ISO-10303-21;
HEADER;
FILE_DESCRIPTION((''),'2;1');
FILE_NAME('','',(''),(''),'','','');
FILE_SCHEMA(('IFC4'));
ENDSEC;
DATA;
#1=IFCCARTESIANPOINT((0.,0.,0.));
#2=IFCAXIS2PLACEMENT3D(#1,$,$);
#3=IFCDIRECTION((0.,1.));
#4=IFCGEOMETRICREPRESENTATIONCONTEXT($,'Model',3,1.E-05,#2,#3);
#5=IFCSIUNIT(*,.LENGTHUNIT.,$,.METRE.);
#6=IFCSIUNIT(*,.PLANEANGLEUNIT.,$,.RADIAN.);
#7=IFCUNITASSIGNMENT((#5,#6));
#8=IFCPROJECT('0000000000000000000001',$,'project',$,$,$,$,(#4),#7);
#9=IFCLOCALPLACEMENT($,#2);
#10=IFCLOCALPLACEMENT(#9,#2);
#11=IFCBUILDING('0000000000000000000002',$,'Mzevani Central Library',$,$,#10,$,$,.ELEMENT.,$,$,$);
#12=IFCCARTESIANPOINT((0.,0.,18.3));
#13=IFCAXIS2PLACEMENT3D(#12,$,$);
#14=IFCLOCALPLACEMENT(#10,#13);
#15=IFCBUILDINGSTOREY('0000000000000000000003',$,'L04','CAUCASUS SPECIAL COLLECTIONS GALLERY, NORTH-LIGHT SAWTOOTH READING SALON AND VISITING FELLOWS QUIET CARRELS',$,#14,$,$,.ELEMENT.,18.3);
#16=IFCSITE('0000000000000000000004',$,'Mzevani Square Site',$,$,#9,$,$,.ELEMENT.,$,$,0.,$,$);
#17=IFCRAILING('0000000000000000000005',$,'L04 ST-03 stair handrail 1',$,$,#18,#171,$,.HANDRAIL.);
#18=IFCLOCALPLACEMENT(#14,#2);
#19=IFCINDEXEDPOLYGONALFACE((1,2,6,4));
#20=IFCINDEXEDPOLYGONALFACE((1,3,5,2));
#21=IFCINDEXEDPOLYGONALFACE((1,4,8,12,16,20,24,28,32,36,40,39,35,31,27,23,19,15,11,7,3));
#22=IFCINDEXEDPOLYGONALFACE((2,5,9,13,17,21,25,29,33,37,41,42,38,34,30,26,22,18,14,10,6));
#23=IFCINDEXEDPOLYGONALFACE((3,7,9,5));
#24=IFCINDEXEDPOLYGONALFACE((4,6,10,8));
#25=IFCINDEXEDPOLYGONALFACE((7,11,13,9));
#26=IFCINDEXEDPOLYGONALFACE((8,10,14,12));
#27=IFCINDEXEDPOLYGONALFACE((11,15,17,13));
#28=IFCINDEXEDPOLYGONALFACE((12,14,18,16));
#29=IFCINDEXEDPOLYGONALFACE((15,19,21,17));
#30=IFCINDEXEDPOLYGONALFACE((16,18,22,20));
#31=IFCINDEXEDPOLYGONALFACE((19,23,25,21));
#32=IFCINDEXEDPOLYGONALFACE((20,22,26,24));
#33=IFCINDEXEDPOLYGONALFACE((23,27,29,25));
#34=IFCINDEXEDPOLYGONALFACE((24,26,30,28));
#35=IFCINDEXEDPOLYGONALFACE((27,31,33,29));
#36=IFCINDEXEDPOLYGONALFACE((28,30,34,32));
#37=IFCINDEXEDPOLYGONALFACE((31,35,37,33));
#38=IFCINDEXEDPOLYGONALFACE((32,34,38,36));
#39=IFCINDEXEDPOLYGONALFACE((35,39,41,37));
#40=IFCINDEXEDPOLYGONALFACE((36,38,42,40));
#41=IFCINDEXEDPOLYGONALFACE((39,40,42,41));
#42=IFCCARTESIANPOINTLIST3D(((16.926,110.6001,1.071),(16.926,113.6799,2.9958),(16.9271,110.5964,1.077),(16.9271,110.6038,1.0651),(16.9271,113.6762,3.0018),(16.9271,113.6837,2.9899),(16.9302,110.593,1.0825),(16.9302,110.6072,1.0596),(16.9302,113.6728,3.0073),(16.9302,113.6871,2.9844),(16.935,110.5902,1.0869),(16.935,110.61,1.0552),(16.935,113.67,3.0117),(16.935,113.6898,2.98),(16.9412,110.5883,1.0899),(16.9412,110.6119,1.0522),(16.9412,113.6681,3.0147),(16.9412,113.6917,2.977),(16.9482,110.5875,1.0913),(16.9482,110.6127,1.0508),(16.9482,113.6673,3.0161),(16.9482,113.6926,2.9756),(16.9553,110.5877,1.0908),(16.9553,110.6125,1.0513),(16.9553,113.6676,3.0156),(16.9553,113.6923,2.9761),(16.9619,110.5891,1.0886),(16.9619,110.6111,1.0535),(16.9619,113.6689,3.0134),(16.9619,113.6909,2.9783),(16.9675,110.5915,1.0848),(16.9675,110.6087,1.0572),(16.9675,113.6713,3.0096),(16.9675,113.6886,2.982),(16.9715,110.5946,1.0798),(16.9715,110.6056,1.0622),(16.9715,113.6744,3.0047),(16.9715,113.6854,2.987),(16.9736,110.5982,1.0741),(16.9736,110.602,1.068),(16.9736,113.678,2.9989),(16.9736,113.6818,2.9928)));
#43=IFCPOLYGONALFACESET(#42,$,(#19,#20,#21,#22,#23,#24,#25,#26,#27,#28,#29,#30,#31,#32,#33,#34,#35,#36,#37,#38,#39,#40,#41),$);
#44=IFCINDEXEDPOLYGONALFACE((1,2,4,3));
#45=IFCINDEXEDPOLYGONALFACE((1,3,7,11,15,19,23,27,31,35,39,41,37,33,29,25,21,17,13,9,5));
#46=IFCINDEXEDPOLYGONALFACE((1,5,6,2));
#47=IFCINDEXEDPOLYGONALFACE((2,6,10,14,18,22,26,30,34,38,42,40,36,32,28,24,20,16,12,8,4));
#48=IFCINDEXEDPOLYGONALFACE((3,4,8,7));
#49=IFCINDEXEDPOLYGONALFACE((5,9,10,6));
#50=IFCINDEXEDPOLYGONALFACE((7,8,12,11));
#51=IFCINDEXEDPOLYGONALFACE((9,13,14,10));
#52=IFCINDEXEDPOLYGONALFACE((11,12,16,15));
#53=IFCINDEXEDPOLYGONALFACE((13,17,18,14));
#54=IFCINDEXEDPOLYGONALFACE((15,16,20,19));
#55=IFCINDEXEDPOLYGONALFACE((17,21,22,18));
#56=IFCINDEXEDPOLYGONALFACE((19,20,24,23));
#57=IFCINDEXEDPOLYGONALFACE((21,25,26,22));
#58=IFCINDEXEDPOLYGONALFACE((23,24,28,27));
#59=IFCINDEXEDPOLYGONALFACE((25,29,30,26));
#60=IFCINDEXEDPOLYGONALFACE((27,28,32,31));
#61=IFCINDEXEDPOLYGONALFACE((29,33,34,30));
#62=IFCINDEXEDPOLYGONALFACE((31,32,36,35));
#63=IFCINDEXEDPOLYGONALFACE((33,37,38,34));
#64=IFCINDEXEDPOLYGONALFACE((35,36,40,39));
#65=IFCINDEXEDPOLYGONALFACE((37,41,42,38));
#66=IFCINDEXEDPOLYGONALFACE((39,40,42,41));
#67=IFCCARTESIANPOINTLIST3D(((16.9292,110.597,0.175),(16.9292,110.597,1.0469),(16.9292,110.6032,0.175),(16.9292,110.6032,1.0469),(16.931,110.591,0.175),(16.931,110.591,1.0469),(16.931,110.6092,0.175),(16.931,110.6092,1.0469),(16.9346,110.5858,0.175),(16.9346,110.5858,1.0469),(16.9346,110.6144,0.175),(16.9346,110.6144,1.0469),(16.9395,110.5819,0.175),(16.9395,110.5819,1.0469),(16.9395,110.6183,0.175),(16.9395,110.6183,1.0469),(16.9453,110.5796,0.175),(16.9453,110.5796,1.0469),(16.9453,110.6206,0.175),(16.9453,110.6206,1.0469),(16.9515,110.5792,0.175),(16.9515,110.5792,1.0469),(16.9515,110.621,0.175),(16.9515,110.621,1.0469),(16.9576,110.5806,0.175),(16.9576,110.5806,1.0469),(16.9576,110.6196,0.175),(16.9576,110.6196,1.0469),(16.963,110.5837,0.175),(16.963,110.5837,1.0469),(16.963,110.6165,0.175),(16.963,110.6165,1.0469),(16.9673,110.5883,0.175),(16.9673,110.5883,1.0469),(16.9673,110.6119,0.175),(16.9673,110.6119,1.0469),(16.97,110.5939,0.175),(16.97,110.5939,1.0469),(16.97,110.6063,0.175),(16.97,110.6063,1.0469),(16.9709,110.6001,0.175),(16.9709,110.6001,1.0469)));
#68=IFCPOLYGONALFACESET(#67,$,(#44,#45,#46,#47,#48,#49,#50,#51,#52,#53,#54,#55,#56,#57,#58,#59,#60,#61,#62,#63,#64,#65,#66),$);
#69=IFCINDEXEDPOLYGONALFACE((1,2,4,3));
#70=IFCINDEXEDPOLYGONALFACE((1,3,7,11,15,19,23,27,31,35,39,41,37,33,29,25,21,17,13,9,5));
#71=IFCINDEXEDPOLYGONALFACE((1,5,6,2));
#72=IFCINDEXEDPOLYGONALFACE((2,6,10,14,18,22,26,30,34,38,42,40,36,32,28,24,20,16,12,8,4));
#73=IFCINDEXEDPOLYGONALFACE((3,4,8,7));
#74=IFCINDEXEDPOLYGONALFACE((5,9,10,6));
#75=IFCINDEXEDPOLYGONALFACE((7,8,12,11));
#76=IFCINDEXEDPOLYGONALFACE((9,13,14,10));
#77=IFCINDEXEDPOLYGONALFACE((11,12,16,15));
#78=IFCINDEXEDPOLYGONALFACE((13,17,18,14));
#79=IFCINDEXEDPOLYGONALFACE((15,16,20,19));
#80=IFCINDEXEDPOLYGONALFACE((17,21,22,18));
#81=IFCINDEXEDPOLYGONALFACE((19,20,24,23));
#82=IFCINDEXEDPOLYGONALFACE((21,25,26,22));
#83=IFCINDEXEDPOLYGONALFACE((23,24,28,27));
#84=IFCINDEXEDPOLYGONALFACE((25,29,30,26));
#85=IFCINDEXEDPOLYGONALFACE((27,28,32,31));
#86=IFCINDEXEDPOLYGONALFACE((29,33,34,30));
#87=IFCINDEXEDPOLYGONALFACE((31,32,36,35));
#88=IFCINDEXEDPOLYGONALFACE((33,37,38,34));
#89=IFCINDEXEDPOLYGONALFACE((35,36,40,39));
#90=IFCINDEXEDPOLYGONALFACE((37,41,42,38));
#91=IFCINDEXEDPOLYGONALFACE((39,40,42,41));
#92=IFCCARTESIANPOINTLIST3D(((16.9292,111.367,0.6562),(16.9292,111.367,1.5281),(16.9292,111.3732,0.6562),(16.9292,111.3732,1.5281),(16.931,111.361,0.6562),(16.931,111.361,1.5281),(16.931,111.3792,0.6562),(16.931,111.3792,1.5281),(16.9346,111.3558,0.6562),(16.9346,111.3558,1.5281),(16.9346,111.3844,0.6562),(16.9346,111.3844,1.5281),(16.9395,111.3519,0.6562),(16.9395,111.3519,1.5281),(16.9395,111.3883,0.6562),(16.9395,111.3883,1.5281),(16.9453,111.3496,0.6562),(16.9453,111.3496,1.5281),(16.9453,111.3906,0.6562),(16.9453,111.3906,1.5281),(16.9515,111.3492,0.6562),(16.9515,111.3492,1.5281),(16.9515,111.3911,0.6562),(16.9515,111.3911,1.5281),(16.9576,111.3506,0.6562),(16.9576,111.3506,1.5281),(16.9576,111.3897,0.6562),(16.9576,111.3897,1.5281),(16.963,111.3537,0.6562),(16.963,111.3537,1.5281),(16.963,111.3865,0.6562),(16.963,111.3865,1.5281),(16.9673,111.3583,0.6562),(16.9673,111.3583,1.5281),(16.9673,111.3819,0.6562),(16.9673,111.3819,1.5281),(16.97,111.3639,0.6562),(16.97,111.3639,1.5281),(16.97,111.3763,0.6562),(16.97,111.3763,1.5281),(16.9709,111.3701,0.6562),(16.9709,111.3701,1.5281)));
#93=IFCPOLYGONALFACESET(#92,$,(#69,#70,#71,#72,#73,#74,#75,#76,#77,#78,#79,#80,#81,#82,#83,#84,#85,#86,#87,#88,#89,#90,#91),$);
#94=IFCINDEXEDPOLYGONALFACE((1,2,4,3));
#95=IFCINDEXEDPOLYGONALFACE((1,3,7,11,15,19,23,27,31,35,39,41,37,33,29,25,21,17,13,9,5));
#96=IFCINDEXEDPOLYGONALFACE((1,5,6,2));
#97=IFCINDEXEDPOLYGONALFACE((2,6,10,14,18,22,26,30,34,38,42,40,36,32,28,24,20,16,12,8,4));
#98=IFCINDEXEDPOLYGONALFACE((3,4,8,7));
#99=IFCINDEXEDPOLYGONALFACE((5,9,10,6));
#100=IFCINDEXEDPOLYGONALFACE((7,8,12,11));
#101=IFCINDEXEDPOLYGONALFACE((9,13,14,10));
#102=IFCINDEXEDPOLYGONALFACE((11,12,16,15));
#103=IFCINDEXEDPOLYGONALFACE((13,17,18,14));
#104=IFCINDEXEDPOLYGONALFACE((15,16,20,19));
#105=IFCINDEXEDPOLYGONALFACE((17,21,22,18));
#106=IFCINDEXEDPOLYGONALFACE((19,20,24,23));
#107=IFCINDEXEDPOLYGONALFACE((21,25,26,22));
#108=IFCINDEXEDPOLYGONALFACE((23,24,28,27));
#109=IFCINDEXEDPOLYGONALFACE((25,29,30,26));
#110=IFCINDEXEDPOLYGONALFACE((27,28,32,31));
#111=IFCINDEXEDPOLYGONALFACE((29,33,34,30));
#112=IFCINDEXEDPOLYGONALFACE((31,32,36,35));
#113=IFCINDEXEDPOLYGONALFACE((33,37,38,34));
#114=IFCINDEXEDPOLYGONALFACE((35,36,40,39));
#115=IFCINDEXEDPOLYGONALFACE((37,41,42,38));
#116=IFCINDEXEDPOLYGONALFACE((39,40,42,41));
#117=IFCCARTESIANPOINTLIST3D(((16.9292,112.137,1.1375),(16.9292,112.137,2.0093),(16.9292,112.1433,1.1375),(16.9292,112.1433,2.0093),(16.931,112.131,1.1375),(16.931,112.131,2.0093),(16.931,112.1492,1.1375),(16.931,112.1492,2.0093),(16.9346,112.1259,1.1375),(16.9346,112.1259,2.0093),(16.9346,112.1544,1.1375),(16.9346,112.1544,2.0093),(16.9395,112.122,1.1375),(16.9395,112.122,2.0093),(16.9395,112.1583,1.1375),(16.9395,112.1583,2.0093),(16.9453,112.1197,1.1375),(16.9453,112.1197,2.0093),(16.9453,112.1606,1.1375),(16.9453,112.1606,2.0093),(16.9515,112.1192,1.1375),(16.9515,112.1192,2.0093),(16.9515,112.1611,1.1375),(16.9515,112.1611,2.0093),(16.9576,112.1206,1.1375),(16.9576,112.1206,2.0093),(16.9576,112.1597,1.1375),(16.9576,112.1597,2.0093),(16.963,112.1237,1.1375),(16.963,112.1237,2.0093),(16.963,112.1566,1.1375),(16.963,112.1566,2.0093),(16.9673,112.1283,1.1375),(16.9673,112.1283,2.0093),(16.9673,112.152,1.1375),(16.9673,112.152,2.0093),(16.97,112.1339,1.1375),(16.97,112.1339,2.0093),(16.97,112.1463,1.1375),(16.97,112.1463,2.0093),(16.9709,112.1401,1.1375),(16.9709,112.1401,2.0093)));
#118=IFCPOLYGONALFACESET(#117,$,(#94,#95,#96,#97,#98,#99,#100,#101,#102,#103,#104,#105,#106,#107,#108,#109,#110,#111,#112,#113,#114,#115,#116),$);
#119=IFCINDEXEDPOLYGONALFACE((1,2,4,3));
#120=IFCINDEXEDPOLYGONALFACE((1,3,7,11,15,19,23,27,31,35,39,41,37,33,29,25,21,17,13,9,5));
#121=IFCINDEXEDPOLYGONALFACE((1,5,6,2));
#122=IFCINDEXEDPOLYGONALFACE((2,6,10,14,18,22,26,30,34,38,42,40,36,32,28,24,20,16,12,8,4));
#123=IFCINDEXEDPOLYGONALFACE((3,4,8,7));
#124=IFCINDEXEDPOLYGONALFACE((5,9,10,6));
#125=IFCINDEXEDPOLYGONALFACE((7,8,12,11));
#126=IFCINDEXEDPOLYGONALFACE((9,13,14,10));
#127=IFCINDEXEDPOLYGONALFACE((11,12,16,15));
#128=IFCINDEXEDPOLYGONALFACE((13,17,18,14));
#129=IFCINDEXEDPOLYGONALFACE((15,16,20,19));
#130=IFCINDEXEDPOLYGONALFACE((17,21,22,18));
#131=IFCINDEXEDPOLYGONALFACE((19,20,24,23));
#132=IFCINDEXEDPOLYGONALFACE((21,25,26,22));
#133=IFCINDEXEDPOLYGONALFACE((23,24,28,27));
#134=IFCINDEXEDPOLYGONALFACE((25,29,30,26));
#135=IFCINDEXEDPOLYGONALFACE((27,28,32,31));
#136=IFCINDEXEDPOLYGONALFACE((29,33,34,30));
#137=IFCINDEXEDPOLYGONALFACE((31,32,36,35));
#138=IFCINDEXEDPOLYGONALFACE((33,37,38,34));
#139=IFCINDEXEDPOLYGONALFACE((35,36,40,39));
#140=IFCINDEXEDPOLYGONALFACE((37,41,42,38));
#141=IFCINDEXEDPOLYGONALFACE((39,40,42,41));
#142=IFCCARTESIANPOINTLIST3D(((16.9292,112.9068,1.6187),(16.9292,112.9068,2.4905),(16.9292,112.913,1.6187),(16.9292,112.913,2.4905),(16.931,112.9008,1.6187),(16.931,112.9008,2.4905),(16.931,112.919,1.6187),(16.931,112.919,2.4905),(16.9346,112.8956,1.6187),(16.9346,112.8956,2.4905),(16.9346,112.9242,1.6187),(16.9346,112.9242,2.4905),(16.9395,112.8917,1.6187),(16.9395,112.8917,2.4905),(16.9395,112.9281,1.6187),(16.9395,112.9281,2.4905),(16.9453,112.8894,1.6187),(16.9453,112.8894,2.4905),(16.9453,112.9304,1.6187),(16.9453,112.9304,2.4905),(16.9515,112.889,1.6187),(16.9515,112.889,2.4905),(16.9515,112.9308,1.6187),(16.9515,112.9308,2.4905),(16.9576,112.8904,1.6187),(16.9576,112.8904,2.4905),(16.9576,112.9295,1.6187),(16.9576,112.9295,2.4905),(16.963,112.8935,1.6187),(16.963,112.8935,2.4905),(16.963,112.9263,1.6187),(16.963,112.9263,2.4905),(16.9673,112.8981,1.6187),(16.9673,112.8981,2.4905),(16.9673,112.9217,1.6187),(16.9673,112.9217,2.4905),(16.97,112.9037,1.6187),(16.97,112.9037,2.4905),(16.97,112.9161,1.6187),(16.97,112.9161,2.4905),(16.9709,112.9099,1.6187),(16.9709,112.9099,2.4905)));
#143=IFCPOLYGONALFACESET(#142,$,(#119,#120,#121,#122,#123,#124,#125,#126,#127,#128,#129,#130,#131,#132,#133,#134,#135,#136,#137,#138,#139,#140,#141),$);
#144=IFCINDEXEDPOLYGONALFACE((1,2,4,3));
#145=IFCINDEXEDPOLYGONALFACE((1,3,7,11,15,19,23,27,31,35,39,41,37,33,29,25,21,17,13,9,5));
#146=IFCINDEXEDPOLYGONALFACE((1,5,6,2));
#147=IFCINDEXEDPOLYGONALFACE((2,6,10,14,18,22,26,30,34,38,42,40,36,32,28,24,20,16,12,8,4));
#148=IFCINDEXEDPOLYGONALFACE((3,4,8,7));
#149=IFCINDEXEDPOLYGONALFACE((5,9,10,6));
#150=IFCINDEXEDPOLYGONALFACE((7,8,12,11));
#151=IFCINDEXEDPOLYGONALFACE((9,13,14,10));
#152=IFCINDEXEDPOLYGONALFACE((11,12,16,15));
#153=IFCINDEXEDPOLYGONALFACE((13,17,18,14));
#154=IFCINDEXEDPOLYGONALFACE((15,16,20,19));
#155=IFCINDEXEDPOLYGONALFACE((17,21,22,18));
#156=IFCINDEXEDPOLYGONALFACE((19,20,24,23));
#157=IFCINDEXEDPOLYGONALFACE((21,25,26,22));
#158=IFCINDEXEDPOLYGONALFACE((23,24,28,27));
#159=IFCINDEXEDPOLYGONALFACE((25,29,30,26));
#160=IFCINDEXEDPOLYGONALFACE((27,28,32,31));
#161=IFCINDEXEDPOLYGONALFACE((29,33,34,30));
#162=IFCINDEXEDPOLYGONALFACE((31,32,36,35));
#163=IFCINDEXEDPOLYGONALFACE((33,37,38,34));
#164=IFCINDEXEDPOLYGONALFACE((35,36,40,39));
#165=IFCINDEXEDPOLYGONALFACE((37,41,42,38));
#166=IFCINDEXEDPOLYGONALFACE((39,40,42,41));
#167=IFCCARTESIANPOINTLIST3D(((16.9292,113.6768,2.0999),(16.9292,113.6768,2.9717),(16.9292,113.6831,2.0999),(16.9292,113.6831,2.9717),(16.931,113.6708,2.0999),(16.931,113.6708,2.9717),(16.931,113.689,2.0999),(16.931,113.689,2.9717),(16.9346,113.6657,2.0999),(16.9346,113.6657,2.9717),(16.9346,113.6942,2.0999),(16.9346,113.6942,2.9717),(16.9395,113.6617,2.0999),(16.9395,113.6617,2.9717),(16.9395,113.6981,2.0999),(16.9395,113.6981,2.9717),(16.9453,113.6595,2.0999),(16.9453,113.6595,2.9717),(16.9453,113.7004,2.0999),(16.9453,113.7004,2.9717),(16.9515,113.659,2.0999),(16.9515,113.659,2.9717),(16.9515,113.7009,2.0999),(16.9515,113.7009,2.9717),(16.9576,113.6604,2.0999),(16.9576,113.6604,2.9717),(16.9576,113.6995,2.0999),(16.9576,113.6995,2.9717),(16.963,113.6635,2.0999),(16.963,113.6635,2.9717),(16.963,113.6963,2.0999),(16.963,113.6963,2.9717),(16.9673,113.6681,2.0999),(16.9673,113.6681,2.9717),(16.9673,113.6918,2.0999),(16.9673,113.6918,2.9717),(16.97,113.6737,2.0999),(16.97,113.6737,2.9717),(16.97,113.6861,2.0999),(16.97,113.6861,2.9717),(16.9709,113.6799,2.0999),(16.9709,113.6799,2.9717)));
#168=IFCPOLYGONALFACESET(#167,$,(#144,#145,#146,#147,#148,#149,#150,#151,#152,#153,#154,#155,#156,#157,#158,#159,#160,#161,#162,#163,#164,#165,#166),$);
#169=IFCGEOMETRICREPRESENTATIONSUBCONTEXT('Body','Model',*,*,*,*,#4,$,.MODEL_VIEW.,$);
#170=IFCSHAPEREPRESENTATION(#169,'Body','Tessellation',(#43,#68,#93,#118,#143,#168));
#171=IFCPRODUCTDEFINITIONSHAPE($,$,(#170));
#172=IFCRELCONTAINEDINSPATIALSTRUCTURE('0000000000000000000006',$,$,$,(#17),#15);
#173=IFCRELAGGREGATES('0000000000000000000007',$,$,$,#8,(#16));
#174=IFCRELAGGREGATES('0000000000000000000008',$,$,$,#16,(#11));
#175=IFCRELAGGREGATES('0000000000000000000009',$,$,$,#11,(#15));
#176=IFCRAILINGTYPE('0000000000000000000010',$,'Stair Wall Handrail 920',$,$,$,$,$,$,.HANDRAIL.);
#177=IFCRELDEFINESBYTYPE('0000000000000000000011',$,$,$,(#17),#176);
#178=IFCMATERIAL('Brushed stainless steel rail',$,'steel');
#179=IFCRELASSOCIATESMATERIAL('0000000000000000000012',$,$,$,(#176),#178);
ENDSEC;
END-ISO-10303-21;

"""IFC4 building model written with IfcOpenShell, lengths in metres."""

from ifc_helpers import new_model, si_unit, direction, frame, origin, origin_2d, place, context, subcontext, project, spatial, circle, extrude, material, type_object, element, save


model = new_model("IFC4")

# Units and contexts
model_context = context("Model", 3, precision=1e-05, world=origin(), true_north=direction((0.0, 1.0)))
body_context = subcontext(model_context, "Body", "Model", "MODEL_VIEW")
ifc_project = project(units=[si_unit("LENGTHUNIT", "METRE"), si_unit("PLANEANGLEUNIT", "RADIAN")], contexts=[model_context])

# Site, building, storey
site_placement = place(None, origin())
site = spatial("IfcSite", under=ifc_project, at=site_placement, Name="Mzevani Square Site", CompositionType="ELEMENT", RefElevation=0.0)
building_placement = place(site_placement, origin())
building = spatial("IfcBuilding", under=site, at=building_placement, Name="Mzevani Central Library", CompositionType="ELEMENT")
storey_placement = place(building_placement, frame((0.0, 0.0, 18.3)))
storey = spatial("IfcBuildingStorey", under=building, at=storey_placement, Name="L04", Description="CAUCASUS SPECIAL COLLECTIONS GALLERY, NORTH-LIGHT SAWTOOTH READING SALON AND VISITING FELLOWS QUIET CARRELS", CompositionType="ELEMENT", Elevation=18.3)

# Railing
ifc_material_1 = material(Name="Brushed stainless steel rail", Category="steel")
railing_type_1 = type_object("IfcRailingType", Name="Stair Wall Handrail 920", PredefinedType="HANDRAIL", material=ifc_material_1)
railing_1_placement = place(storey_placement, frame((16.95, 110.6001, 0.175)))
element("IfcRailing", 1, at=railing_1_placement, inside=storey, type_object=railing_type_1, Name="L04 ST-03 stair handrail 1", PredefinedType="HANDRAIL", context=body_context, shape_type="SweptSolid", body=[
    extrude(circle(Radius=0.0239, at=origin_2d()), frame((0.0, 0.0, 0.896), z_axis=(0.0, 0.84801, 0.529981), x_axis=(-1.0, 0.0, 0.0)), (0.0, 0.0, 1.0), 3.6318),
    extrude(circle(Radius=0.021, at=origin_2d()), origin(), (0.0, 0.0, 1.0), 0.8718),
    extrude(circle(Radius=0.021, at=origin_2d()), frame((0.0, 0.77, 0.4812)), (0.0, 0.0, 1.0), 0.8718),
    extrude(circle(Radius=0.021, at=origin_2d()), frame((0.0, 1.54, 0.9624)), (0.0, 0.0, 1.0), 0.8718),
    extrude(circle(Radius=0.021, at=origin_2d()), frame((0.0, 2.3098, 1.4436)), (0.0, 0.0, 1.0), 0.8718),
    extrude(circle(Radius=0.021, at=origin_2d()), frame((0.0, 3.0798, 1.9248)), (0.0, 0.0, 1.0), 0.8718),
])

save(model, "model.ifc")
